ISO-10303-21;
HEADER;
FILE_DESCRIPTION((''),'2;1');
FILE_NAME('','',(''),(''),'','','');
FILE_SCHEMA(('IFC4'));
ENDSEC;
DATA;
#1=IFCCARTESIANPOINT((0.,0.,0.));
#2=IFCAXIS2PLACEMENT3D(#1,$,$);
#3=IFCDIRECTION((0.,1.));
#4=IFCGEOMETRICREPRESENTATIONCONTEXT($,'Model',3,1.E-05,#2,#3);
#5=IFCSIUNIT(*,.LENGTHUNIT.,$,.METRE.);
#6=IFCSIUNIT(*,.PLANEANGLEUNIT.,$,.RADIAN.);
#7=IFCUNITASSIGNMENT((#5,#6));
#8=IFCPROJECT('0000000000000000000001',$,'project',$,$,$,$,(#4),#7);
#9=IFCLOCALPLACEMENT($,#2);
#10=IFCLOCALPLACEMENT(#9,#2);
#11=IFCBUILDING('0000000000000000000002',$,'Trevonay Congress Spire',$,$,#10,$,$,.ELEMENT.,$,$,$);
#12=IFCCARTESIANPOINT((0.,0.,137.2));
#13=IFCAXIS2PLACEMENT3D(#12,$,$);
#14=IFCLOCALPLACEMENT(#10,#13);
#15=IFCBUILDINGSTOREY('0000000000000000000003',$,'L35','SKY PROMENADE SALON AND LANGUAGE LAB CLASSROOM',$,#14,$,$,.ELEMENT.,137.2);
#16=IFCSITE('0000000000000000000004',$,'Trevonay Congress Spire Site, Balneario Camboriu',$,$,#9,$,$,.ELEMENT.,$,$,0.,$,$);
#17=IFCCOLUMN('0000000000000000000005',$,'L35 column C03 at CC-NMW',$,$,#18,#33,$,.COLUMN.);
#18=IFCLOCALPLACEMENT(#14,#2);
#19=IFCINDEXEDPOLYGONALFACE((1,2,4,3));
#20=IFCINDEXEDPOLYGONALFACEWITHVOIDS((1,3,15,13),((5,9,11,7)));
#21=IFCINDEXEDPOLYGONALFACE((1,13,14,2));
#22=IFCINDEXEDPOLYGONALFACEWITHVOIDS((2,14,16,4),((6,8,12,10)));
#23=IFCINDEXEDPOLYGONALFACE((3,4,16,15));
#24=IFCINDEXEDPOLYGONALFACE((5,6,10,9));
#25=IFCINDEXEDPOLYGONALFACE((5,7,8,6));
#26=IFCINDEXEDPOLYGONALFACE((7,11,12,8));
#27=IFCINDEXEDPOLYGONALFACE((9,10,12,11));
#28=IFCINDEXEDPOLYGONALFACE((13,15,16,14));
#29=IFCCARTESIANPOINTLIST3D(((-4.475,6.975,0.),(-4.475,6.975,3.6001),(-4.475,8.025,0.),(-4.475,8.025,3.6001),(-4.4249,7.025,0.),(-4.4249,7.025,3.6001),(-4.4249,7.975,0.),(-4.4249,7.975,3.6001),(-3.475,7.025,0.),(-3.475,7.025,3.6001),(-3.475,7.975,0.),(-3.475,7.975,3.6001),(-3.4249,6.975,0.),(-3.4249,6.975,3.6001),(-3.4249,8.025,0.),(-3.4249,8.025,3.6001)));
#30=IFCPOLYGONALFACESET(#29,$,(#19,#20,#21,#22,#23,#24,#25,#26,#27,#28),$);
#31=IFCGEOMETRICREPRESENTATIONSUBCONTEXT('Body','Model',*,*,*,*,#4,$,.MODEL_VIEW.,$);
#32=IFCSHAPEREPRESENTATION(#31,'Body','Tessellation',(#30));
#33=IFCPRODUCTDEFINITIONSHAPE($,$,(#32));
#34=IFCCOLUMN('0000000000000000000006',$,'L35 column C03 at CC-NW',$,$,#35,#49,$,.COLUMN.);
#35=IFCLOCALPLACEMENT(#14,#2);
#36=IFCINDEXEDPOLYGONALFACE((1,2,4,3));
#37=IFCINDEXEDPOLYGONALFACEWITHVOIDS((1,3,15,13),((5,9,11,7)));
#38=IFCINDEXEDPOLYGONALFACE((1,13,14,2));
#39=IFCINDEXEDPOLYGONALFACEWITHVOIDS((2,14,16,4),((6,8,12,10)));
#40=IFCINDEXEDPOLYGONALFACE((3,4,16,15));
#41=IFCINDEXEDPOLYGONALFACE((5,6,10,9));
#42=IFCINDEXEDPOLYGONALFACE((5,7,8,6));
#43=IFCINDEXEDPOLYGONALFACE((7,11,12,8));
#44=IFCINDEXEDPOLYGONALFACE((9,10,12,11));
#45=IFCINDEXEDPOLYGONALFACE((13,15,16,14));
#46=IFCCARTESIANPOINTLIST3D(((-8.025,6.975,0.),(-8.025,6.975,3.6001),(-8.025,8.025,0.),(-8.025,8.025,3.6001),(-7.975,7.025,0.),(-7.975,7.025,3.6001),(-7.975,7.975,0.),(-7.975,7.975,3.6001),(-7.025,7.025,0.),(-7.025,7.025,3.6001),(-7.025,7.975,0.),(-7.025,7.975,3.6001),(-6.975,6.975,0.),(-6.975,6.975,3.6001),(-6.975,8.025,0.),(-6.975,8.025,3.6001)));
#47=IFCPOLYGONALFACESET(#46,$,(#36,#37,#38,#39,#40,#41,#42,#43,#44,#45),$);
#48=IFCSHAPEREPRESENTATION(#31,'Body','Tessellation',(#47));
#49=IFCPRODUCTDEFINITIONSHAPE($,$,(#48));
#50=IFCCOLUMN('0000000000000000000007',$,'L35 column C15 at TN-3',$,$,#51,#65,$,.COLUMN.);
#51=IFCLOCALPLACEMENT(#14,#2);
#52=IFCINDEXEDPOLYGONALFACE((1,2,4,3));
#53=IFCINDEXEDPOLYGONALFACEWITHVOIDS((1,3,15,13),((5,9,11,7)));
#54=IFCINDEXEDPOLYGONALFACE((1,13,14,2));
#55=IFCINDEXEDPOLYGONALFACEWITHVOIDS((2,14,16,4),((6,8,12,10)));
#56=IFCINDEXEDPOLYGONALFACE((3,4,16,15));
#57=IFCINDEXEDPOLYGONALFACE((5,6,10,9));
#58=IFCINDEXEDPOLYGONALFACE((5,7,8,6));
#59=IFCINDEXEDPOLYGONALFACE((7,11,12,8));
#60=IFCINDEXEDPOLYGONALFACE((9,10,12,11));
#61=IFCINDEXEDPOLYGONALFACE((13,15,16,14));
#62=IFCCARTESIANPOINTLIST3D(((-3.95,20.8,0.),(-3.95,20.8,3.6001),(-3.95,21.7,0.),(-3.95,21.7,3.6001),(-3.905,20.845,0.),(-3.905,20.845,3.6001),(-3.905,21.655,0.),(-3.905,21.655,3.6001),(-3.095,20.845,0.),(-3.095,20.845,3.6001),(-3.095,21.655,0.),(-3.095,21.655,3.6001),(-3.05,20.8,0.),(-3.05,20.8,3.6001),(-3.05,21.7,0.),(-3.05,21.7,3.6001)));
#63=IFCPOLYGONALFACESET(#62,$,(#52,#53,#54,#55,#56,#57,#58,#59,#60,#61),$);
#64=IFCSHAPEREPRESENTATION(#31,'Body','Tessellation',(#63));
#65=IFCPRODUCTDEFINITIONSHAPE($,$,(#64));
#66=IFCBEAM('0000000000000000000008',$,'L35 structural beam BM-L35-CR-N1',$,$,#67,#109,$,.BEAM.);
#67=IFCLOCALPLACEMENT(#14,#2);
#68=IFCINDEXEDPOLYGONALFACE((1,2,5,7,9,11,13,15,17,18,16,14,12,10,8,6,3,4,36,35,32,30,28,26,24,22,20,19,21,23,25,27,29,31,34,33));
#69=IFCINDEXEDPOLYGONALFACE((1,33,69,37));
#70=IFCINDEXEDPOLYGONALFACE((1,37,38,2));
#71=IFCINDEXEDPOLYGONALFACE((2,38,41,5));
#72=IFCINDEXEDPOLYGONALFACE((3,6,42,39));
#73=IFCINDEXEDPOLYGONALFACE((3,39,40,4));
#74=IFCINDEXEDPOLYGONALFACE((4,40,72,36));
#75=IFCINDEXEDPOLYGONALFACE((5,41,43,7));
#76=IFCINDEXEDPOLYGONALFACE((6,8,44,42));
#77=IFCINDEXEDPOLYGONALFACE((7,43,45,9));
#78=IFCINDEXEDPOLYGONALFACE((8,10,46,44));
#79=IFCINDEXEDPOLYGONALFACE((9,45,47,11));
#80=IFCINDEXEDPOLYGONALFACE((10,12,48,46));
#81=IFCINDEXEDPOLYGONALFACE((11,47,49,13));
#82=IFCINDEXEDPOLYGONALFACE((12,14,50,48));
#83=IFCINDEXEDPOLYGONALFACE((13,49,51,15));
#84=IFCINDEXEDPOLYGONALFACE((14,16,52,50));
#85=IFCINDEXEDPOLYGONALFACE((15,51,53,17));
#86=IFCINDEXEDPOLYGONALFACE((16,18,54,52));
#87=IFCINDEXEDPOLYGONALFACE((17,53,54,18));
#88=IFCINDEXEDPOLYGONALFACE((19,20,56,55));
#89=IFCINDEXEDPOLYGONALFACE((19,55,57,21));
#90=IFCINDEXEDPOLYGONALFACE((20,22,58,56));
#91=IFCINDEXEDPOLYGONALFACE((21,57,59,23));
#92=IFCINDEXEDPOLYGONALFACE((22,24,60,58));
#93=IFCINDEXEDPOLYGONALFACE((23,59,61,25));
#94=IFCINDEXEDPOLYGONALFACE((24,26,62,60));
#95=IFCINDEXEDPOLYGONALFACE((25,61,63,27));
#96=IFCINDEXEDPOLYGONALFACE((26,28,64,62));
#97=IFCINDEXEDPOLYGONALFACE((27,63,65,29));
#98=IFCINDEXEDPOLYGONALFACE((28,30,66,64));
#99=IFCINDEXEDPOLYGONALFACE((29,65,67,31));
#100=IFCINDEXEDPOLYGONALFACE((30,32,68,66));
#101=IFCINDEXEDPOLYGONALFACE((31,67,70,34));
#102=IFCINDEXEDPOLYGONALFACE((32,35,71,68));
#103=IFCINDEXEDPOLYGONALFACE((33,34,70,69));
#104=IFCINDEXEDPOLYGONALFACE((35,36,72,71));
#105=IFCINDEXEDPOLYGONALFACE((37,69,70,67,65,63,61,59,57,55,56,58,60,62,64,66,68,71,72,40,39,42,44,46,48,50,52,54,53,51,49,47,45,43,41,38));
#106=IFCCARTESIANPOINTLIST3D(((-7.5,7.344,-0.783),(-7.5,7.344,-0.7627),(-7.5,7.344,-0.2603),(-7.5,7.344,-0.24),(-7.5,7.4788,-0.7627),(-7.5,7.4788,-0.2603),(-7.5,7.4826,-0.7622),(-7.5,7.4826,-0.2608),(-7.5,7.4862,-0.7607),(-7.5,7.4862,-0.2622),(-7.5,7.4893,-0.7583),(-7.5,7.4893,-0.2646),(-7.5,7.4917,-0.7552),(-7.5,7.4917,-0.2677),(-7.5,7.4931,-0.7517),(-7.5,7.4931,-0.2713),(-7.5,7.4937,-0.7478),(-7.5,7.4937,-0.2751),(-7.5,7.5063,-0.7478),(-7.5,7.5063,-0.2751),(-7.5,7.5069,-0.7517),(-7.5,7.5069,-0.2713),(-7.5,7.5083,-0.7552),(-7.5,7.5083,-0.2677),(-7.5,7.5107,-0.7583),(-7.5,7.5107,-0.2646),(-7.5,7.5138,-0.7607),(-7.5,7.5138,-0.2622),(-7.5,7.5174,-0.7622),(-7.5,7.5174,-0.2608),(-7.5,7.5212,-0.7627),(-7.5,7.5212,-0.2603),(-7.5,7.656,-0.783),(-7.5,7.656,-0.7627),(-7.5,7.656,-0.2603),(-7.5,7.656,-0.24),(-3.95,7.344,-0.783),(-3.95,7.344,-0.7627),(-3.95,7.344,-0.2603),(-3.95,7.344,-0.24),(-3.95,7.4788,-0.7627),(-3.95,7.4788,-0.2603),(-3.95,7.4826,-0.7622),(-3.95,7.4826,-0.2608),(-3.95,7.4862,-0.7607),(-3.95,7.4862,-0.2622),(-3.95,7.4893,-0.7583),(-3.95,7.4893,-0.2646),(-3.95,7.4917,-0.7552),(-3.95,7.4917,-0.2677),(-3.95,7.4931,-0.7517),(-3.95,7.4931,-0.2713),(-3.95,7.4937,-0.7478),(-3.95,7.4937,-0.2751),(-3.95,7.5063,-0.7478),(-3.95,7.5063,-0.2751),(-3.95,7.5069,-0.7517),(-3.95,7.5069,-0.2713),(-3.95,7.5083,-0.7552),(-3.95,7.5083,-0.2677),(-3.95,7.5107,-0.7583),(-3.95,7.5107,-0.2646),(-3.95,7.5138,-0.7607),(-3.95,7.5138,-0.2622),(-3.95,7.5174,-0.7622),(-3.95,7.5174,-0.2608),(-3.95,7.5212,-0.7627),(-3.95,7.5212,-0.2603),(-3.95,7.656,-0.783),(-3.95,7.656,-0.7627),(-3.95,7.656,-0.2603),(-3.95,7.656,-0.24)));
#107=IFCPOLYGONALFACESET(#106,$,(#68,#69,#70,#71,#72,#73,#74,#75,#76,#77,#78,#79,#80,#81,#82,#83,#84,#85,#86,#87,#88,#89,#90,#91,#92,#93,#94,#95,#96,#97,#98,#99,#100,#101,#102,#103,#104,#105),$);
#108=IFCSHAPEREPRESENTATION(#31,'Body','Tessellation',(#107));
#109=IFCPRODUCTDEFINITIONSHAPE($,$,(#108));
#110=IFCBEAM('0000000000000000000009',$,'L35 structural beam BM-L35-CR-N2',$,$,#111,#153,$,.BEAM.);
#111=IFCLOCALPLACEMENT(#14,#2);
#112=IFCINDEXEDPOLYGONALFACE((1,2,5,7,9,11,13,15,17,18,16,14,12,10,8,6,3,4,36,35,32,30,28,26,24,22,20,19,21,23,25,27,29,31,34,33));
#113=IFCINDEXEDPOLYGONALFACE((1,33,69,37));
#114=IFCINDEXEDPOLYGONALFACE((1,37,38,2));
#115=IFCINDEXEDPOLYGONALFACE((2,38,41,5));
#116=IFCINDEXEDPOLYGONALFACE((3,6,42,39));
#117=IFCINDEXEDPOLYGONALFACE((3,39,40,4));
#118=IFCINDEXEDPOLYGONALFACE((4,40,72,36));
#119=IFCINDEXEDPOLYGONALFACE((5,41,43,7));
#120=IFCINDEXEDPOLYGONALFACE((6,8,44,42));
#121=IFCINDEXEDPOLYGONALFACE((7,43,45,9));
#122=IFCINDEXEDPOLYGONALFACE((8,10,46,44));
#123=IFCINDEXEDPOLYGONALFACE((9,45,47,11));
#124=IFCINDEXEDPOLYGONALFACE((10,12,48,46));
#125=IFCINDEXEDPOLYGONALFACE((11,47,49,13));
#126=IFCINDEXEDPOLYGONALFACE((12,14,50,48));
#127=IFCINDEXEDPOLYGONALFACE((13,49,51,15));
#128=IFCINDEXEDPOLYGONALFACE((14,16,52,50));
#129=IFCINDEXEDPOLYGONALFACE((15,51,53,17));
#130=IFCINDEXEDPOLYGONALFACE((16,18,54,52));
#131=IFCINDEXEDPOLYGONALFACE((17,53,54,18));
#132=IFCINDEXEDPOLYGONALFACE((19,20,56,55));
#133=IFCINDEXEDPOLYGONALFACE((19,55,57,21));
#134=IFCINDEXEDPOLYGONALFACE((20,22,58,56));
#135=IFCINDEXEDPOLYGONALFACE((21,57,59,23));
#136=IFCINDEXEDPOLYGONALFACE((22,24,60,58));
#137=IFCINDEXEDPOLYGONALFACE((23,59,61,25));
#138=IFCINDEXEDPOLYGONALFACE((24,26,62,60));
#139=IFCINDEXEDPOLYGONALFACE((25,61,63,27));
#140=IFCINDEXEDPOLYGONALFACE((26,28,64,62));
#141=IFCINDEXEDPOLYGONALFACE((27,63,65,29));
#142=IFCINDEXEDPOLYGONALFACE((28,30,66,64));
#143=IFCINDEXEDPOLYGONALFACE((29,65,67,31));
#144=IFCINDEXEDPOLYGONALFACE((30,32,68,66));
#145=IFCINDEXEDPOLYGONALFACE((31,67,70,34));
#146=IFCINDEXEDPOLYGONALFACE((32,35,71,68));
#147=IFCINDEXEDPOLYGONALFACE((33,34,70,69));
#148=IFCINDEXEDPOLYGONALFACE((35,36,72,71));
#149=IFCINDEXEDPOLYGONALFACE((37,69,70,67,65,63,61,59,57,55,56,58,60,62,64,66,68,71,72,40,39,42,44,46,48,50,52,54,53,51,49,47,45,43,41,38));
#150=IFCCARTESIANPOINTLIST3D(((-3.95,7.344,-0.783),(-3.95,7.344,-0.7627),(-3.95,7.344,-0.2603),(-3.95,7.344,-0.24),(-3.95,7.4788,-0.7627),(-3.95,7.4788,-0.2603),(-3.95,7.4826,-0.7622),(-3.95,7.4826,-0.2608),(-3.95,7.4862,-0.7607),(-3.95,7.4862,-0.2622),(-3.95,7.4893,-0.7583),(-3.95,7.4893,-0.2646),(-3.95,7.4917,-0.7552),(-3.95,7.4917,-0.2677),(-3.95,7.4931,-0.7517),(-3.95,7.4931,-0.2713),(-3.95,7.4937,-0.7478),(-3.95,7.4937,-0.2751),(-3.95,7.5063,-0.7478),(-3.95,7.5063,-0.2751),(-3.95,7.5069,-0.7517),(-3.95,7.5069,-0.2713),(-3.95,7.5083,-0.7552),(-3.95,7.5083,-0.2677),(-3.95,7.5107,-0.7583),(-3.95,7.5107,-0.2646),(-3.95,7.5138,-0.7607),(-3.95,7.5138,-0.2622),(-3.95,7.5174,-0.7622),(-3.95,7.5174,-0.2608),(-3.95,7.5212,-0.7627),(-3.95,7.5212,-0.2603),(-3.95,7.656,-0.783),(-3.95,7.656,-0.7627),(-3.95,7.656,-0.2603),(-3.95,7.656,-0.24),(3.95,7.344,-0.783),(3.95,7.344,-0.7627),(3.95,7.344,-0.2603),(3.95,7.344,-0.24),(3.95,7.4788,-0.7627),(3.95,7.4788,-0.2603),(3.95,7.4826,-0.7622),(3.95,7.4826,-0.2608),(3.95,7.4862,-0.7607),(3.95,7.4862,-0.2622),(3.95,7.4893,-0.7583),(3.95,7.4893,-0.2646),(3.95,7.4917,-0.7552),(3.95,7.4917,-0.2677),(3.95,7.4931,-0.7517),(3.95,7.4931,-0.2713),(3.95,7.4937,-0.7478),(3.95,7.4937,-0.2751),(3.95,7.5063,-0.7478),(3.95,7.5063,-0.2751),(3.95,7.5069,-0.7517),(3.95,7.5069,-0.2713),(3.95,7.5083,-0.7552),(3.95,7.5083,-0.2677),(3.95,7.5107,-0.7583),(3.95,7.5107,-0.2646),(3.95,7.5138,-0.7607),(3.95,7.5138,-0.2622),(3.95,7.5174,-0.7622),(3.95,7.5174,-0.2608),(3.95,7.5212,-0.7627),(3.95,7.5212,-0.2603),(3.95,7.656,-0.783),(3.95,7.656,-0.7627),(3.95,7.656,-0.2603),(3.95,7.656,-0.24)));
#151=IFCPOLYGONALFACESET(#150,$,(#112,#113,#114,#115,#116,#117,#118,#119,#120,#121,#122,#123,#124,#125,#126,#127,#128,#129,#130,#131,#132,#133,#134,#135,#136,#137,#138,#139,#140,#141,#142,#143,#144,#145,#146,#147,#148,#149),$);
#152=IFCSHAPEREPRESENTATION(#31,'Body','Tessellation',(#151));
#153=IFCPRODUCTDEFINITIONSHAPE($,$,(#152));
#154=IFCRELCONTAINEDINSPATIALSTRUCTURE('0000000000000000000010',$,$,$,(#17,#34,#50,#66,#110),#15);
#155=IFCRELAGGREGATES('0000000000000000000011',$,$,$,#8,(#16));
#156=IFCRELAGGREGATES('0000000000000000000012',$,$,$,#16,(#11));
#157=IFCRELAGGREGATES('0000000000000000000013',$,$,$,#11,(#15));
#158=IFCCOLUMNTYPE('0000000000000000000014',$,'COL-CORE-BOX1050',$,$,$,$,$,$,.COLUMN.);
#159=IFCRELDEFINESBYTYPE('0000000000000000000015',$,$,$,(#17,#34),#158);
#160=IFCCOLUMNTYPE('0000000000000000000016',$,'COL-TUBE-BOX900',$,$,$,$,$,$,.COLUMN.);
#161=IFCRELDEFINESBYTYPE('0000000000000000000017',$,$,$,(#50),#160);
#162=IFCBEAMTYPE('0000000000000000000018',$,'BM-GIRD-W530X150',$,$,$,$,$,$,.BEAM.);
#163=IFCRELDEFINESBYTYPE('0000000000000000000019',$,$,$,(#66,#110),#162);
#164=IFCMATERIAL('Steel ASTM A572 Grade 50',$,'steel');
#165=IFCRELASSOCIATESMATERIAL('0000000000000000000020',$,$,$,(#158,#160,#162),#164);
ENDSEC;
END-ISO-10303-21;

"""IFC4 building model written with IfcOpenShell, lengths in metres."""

from ifc_helpers import new_model, si_unit, direction, frame, origin, origin_2d, place, context, subcontext, project, spatial, hollow_rectangle, i_section, extrude, material, material_profile, profile_set, type_object, element, save


model = new_model("IFC4")

# Units and contexts
model_context = context("Model", 3, precision=1e-05, world=origin(), true_north=direction((0.0, 1.0)))
body_context = subcontext(model_context, "Body", "Model", "MODEL_VIEW")
ifc_project = project(units=[si_unit("LENGTHUNIT", "METRE"), si_unit("PLANEANGLEUNIT", "RADIAN")], contexts=[model_context])

# Site, building, storey
site_placement = place(None, origin())
site = spatial("IfcSite", under=ifc_project, at=site_placement, Name="Trevonay Congress Spire Site, Balneario Camboriu", CompositionType="ELEMENT", RefElevation=0.0)
building_placement = place(site_placement, origin())
building = spatial("IfcBuilding", under=site, at=building_placement, Name="Trevonay Congress Spire", CompositionType="ELEMENT")
storey_placement = place(building_placement, frame((0.0, 0.0, 137.2)))
storey = spatial("IfcBuildingStorey", under=building, at=storey_placement, Name="L35", Description="SKY PROMENADE SALON AND LANGUAGE LAB CLASSROOM", CompositionType="ELEMENT", Elevation=137.2)

# Columns
ifc_material_1 = material(Name="Steel ASTM A572 Grade 50", Category="steel")
ifc_material_profile_1 = material_profile(ifc_material_1, hollow_rectangle(XDim=1.05, YDim=1.05, WallThickness=0.05, at=origin_2d()), Name="BOX 1050x1050x50")
ifc_profile_set_1 = profile_set([ifc_material_profile_1], Name="Steel ASTM A572 Grade 50")
column_type_1 = type_object("IfcColumnType", Name="COL-CORE-BOX1050", PredefinedType="COLUMN", material=ifc_profile_set_1)
for number, where, z_axis, x_axis, name in (
    (1, (-3.95, 7.5, 0.0), (0.0, 0.0, 1.0), (1.0, 0.0, 0.0), "L35 column C03 at CC-NMW"),
    (2, (-7.5, 7.5, 0.0), (0.0, 0.0, 1.0), (1.0, 0.0, 0.0), "L35 column C03 at CC-NW"),
):
    element("IfcColumn", number, at=place(storey_placement, frame(where, z_axis=z_axis, x_axis=x_axis)), inside=storey, type_object=column_type_1, Name=name, PredefinedType="COLUMN", context=body_context, shape_type="SweptSolid", body=[
        extrude(hollow_rectangle(XDim=1.05, YDim=1.05, WallThickness=0.05, at=origin_2d()), origin(), (0.0, 0.0, 1.0), 3.6001),
    ])
ifc_material_profile_2 = material_profile(ifc_material_1, hollow_rectangle(XDim=0.8999, YDim=0.8999, WallThickness=0.0449, at=origin_2d()), Name="BOX 900x900x45")
ifc_profile_set_2 = profile_set([ifc_material_profile_2], Name="Steel ASTM A572 Grade 50")
column_type_2 = type_object("IfcColumnType", Name="COL-TUBE-BOX900", PredefinedType="COLUMN", material=ifc_profile_set_2)
column_placement = place(storey_placement, frame((-3.5, 21.25, 0.0), z_axis=(0.0, 0.0, 1.0), x_axis=(1.0, 0.0, 0.0)))
element("IfcColumn", 3, at=column_placement, inside=storey, type_object=column_type_2, Name="L35 column C15 at TN-3", PredefinedType="COLUMN", context=body_context, shape_type="SweptSolid", body=[
    extrude(hollow_rectangle(XDim=0.8999, YDim=0.8999, WallThickness=0.0449, at=origin_2d()), origin(), (0.0, 0.0, 1.0), 3.6001),
])

# Beams
ifc_material_profile_3 = material_profile(ifc_material_1, i_section(OverallWidth=0.312, OverallDepth=0.543, WebThickness=0.0127, FlangeThickness=0.0203, FilletRadius=0.0149, at=origin_2d()), Name="W530x150")
ifc_profile_set_3 = profile_set([ifc_material_profile_3], Name="Steel ASTM A572 Grade 50")
beam_type_1 = type_object("IfcBeamType", Name="BM-GIRD-W530X150", PredefinedType="BEAM", material=ifc_profile_set_3)
beam_1_placement = place(storey_placement, frame((-7.5, 7.5, -0.5115), z_axis=(1.0, 0.0, 0.0), x_axis=(0.0, 1.0, 0.0)))
element("IfcBeam", 4, at=beam_1_placement, inside=storey, type_object=beam_type_1, Name="L35 structural beam BM-L35-CR-N1", PredefinedType="BEAM", context=body_context, shape_type="SweptSolid", body=[
    extrude(i_section(OverallWidth=0.312, OverallDepth=0.543, WebThickness=0.0127, FlangeThickness=0.0203, FilletRadius=0.0149, at=origin_2d()), origin(), (0.0, 0.0, 1.0), 3.55),
])
beam_2_placement = place(storey_placement, frame((-3.95, 7.5, -0.5115), z_axis=(1.0, 0.0, 0.0), x_axis=(0.0, 1.0, 0.0)))
element("IfcBeam", 5, at=beam_2_placement, inside=storey, type_object=beam_type_1, Name="L35 structural beam BM-L35-CR-N2", PredefinedType="BEAM", context=body_context, shape_type="SweptSolid", body=[
    extrude(i_section(OverallWidth=0.312, OverallDepth=0.543, WebThickness=0.0127, FlangeThickness=0.0203, FilletRadius=0.0149, at=origin_2d()), origin(), (0.0, 0.0, 1.0), 7.8999),
])

save(model, "model.ifc")
